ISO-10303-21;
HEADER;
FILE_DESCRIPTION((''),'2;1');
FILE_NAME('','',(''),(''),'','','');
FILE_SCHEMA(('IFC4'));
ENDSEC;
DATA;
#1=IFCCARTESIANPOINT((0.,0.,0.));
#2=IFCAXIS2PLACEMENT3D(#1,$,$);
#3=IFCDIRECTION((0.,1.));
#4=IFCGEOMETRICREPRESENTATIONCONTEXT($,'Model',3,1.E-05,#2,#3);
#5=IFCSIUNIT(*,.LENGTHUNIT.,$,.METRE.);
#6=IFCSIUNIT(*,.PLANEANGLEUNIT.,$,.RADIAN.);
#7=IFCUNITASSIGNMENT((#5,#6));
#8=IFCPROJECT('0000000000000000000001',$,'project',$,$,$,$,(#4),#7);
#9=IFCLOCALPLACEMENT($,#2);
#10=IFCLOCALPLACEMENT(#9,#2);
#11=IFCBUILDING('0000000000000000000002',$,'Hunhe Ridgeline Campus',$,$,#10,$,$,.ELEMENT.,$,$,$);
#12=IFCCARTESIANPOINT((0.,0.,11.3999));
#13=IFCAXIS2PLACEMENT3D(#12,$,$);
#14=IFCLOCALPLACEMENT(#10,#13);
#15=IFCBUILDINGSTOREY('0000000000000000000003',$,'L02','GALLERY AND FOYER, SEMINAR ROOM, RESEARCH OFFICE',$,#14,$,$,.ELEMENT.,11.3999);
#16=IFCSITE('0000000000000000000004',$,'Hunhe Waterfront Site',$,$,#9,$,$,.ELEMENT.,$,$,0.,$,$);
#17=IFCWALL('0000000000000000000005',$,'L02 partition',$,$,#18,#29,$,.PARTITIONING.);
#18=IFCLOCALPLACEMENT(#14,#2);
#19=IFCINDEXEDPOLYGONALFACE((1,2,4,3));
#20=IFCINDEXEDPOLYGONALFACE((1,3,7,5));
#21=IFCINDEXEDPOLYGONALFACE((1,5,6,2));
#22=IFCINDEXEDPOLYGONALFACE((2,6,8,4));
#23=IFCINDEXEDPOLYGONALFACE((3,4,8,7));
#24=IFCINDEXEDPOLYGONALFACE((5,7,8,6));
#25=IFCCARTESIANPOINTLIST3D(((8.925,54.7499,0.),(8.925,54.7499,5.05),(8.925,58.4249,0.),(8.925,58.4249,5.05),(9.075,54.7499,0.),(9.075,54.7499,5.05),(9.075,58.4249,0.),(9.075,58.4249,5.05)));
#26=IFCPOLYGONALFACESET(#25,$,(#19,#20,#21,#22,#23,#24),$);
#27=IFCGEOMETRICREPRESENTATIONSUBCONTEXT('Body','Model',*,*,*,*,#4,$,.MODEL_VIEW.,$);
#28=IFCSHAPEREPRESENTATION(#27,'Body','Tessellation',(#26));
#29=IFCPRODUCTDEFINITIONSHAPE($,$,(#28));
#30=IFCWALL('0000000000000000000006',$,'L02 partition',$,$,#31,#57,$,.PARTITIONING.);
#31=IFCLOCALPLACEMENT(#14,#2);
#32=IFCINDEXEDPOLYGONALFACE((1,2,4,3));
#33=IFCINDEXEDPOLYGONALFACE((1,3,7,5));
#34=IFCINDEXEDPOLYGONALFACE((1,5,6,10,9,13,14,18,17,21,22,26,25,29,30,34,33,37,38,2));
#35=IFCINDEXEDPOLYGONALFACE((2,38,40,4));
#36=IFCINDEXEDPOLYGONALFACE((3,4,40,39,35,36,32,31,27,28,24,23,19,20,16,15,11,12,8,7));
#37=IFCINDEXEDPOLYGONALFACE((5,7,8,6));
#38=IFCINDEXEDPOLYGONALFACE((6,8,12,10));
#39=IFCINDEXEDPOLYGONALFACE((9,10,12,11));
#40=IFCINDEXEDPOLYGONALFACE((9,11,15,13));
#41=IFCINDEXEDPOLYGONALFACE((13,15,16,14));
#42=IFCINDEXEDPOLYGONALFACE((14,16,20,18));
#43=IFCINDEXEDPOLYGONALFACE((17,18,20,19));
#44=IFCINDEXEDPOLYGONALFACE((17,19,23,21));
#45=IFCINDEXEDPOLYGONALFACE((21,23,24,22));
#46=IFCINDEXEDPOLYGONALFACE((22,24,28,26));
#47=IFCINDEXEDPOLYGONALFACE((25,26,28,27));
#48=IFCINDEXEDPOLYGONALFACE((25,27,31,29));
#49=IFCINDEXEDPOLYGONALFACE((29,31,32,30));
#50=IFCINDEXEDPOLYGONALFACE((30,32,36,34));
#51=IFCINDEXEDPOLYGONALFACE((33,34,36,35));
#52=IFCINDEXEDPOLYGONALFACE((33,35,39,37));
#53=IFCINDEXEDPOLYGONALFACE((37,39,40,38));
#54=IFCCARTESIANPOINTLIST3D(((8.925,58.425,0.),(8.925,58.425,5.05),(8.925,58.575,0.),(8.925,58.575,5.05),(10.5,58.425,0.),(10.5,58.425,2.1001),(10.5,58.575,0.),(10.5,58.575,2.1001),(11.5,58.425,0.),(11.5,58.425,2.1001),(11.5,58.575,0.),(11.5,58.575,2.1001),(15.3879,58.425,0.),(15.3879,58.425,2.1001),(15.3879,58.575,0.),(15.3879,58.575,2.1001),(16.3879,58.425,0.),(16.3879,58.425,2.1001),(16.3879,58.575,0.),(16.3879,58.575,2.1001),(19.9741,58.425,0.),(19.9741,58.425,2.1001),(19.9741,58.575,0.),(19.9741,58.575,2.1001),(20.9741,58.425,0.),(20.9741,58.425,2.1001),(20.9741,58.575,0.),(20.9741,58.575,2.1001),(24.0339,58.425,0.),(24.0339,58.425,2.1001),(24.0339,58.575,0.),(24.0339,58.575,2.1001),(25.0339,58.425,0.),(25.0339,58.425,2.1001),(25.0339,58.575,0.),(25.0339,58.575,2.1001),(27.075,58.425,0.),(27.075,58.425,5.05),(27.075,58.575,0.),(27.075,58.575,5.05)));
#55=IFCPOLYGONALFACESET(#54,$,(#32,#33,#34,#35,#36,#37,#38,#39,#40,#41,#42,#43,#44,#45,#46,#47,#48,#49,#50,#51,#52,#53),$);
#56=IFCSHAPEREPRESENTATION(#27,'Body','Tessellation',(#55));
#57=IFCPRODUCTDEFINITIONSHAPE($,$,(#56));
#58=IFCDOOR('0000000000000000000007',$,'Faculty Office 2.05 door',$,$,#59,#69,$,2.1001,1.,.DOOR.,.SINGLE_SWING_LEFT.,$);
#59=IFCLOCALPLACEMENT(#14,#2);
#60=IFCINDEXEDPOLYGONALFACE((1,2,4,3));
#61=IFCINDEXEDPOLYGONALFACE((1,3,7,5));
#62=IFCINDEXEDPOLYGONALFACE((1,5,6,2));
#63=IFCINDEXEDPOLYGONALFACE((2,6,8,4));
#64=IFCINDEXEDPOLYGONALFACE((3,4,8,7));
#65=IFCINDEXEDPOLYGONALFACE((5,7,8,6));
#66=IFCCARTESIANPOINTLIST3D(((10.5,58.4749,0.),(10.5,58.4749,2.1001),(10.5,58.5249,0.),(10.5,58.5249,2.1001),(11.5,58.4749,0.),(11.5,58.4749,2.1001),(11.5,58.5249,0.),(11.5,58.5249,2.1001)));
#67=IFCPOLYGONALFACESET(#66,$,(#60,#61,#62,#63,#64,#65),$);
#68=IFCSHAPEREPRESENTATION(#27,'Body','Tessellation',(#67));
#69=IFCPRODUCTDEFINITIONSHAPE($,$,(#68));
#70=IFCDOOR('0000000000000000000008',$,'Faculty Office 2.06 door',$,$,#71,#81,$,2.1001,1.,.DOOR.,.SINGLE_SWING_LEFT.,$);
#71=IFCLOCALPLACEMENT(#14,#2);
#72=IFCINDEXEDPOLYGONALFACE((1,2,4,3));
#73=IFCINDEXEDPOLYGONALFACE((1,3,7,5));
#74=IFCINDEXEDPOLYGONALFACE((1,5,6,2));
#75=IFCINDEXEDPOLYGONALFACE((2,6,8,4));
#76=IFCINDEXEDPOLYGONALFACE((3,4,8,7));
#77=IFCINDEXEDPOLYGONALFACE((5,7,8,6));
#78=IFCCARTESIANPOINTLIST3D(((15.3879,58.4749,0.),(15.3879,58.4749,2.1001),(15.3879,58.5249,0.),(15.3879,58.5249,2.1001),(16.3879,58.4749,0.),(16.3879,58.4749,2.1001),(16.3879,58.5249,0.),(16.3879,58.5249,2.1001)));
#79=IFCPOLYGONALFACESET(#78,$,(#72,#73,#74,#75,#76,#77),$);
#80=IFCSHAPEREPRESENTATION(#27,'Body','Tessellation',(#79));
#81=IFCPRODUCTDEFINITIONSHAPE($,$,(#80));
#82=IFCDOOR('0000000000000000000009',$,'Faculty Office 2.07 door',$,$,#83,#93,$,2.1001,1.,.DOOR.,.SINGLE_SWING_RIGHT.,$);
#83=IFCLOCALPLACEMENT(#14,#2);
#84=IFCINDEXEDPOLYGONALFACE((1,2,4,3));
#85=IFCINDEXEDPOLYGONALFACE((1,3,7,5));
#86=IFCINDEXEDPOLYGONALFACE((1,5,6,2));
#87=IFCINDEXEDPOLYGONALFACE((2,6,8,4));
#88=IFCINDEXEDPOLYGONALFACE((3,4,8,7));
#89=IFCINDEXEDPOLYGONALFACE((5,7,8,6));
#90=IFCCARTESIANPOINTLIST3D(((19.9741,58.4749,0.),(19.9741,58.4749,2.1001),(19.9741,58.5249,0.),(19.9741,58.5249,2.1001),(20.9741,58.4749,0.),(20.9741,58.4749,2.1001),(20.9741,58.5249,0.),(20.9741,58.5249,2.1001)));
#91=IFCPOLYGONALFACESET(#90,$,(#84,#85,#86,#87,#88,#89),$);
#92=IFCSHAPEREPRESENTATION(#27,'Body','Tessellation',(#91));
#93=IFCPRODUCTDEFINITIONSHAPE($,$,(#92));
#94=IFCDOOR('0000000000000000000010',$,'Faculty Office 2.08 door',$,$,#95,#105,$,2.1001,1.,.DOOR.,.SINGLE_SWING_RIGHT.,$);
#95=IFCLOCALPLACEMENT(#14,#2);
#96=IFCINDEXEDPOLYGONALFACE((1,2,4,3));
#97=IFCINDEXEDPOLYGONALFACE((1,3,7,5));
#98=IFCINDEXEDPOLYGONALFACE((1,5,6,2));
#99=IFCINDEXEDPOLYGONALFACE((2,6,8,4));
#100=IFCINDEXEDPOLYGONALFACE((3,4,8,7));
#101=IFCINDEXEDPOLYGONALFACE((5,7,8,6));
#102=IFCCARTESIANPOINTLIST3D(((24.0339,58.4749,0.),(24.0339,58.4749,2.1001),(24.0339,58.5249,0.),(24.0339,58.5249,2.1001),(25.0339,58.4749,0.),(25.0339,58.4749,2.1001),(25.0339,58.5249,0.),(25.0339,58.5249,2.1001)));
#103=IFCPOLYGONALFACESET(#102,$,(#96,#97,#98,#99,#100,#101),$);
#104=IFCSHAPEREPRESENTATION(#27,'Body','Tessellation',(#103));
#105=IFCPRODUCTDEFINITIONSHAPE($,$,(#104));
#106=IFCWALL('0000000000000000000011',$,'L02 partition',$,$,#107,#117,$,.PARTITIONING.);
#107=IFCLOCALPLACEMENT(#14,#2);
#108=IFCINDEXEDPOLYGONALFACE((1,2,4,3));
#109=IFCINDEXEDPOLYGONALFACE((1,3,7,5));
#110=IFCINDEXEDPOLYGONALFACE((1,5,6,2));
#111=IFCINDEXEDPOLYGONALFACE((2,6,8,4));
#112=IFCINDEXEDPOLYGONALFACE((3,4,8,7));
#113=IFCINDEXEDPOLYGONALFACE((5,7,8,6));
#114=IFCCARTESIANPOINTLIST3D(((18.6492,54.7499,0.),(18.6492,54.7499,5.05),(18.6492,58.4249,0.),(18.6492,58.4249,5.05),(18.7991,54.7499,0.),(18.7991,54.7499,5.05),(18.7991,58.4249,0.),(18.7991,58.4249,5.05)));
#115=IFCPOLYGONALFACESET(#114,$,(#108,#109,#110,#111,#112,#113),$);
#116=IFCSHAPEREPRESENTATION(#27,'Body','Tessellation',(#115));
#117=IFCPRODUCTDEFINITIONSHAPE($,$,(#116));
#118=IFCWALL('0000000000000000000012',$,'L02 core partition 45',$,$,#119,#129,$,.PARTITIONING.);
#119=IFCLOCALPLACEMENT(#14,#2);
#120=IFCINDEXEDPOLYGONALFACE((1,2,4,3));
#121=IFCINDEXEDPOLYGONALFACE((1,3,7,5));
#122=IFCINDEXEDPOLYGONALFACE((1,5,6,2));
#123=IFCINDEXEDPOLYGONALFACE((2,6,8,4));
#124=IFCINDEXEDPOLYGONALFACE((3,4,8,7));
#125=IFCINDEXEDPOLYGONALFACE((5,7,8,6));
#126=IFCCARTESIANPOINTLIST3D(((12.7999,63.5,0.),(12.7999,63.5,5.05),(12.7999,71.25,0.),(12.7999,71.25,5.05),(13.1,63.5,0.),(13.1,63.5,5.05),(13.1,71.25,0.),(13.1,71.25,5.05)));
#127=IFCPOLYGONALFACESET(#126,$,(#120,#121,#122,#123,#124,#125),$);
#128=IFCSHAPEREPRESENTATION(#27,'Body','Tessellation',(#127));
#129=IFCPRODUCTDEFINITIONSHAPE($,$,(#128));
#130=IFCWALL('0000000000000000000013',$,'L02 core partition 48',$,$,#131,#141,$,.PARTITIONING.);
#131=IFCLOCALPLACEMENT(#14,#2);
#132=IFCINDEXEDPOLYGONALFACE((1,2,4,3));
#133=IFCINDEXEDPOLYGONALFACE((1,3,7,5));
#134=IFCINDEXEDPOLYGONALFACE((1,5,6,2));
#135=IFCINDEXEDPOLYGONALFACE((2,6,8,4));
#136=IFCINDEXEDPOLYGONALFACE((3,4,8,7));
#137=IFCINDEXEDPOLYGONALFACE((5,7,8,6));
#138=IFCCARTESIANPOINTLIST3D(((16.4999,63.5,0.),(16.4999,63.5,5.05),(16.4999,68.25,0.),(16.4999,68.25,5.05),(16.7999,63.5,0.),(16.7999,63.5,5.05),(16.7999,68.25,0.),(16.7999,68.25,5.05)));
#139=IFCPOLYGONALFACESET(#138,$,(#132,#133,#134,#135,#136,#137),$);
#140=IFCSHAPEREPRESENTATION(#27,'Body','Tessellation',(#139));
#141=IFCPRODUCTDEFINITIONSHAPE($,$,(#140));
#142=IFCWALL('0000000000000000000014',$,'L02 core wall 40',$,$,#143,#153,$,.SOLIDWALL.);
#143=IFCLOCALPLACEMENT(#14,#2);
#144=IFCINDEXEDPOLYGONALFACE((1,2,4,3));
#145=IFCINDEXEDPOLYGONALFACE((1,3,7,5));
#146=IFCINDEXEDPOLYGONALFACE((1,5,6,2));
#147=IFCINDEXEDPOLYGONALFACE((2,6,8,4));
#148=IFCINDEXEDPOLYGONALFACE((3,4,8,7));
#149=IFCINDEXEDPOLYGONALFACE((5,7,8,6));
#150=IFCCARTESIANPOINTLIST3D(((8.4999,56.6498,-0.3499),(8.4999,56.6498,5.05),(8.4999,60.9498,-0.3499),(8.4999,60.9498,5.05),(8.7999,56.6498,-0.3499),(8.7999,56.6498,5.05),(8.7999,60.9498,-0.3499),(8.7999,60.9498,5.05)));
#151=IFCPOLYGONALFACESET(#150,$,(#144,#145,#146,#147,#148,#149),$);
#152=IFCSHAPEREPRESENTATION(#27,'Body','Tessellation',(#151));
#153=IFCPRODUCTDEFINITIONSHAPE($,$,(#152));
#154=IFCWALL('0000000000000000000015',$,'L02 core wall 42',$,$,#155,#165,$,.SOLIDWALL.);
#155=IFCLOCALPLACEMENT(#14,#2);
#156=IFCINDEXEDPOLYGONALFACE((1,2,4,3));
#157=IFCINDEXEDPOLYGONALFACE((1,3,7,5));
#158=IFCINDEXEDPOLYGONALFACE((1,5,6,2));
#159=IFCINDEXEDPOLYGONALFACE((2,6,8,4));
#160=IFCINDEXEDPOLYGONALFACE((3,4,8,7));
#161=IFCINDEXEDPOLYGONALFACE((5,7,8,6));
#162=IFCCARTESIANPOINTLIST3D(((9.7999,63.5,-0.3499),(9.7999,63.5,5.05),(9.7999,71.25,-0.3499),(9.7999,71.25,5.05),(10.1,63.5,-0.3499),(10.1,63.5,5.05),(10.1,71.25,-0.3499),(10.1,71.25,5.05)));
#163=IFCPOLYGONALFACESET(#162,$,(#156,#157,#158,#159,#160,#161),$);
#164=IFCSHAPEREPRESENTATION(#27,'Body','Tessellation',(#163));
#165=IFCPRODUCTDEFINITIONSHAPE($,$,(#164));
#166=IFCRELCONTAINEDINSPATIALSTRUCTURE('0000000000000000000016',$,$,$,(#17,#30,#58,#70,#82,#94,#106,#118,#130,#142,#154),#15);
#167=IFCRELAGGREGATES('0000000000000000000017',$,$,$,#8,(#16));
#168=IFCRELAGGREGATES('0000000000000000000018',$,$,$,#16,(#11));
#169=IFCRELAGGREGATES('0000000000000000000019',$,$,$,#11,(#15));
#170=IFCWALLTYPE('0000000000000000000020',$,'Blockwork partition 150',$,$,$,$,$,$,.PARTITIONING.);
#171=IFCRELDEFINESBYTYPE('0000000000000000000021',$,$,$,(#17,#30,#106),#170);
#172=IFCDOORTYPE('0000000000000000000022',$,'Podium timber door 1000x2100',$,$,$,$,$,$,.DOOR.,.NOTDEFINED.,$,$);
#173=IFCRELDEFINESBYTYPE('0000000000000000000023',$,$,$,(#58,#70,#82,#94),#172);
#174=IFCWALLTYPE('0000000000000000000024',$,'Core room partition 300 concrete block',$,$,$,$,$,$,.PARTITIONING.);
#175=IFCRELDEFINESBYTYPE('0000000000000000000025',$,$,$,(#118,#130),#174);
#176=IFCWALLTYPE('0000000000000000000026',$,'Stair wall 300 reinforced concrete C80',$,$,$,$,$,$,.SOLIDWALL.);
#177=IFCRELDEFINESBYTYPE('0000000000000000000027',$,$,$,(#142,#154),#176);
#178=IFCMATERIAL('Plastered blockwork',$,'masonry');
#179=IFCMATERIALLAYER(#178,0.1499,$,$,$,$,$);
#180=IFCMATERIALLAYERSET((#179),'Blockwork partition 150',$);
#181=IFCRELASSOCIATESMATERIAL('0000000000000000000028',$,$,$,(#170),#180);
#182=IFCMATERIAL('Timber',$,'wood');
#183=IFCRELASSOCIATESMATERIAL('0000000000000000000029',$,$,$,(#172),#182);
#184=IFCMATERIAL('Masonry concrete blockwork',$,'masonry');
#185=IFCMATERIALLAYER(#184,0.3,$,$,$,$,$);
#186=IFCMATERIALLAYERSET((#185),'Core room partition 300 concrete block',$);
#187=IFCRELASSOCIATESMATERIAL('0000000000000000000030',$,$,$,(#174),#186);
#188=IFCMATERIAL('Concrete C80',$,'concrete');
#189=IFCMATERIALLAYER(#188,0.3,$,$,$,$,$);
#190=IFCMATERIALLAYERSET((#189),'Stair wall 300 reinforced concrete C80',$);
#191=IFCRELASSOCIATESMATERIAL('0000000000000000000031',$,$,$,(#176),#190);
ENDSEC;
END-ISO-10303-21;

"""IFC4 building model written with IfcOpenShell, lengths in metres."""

from ifc_helpers import new_model, si_unit, direction, frame, frame_2d, origin, place, context, subcontext, project, spatial, rectangle, extrude, material, layer, layer_set, type_object, element, fill, save


model = new_model("IFC4")

# Units and contexts
model_context = context("Model", 3, precision=1e-05, world=origin(), true_north=direction((0.0, 1.0)))
body_context = subcontext(model_context, "Body", "Model", "MODEL_VIEW")
ifc_project = project(units=[si_unit("LENGTHUNIT", "METRE"), si_unit("PLANEANGLEUNIT", "RADIAN")], contexts=[model_context])

# Site, building, storey
site_placement = place(None, origin())
site = spatial("IfcSite", under=ifc_project, at=site_placement, Name="Hunhe Waterfront Site", CompositionType="ELEMENT", RefElevation=0.0)
building_placement = place(site_placement, origin())
building = spatial("IfcBuilding", under=site, at=building_placement, Name="Hunhe Ridgeline Campus", CompositionType="ELEMENT")
storey_placement = place(building_placement, frame((0.0, 0.0, 11.3999)))
storey = spatial("IfcBuildingStorey", under=building, at=storey_placement, Name="L02", Description="GALLERY AND FOYER, SEMINAR ROOM, RESEARCH OFFICE", CompositionType="ELEMENT", Elevation=11.3999)

# Wall
ifc_material_1 = material(Name="Plastered blockwork", Category="masonry")
ifc_layer_1 = layer(ifc_material_1, 0.1499)
ifc_layer_set_1 = layer_set([ifc_layer_1], Name="Blockwork partition 150")
wall_type_1 = type_object("IfcWallType", Name="Blockwork partition 150", PredefinedType="PARTITIONING", material=ifc_layer_set_1)
wall_1_placement = place(storey_placement, frame((9.0, 54.75, 0.0), z_axis=(0.0, 0.0, 1.0), x_axis=(0.0, 1.0, 0.0)))
element("IfcWall", 1, at=wall_1_placement, inside=storey, type_object=wall_type_1, Name="L02 partition", PredefinedType="PARTITIONING", context=body_context, shape_type="SweptSolid", body=[
    extrude(rectangle(XDim=3.675, YDim=0.1499, at=frame_2d((1.8374, 0.0))), origin(), (0.0, 0.0, 1.0), 5.05),
])

# Wall, openings, doors
wall_2_placement = place(storey_placement, frame((8.925, 58.5, 0.0), z_axis=(0.0, 0.0, 1.0), x_axis=(1.0, 0.0, 0.0)))
wall_2 = element("IfcWall", 2, at=wall_2_placement, inside=storey, type_object=wall_type_1, Name="L02 partition", PredefinedType="PARTITIONING", context=body_context, shape_type="SweptSolid", body=[
    extrude(rectangle(XDim=18.1499, YDim=0.1499, at=frame_2d((9.075, 0.0))), origin(), (0.0, 0.0, 1.0), 5.05),
])
opening_1_placement = place(wall_2_placement, frame((1.575, 0.0, 0.0)))
opening_1 = element("IfcOpeningElement", 3, at=opening_1_placement, cuts=wall_2, PredefinedType="OPENING", context=body_context, shape_type="SweptSolid", body=[
    extrude(rectangle(XDim=1.0, YDim=2.1001, at=frame_2d((0.5, 1.05))), frame((0.0, 0.075, 0.0), z_axis=(0.0, -1.0, 0.0), x_axis=(1.0, 0.0, 0.0)), (0.0, 0.0, 1.0), 0.1499),
])
opening_2_placement = place(wall_2_placement, frame((6.4629, 0.0, 0.0)))
opening_2 = element("IfcOpeningElement", 4, at=opening_2_placement, cuts=wall_2, PredefinedType="OPENING", context=body_context, shape_type="SweptSolid", body=[
    extrude(rectangle(XDim=1.0, YDim=2.1001, at=frame_2d((0.5, 1.05))), frame((0.0, 0.075, 0.0), z_axis=(0.0, -1.0, 0.0), x_axis=(1.0, 0.0, 0.0)), (0.0, 0.0, 1.0), 0.1499),
])
opening_3_placement = place(wall_2_placement, frame((11.0491, 0.0, 0.0)))
opening_3 = element("IfcOpeningElement", 5, at=opening_3_placement, cuts=wall_2, PredefinedType="OPENING", context=body_context, shape_type="SweptSolid", body=[
    extrude(rectangle(XDim=1.0, YDim=2.1001, at=frame_2d((0.5, 1.05))), frame((0.0, 0.075, 0.0), z_axis=(0.0, -1.0, 0.0), x_axis=(1.0, 0.0, 0.0)), (0.0, 0.0, 1.0), 0.1499),
])
opening_4_placement = place(wall_2_placement, frame((15.1089, 0.0, 0.0)))
opening_4 = element("IfcOpeningElement", 6, at=opening_4_placement, cuts=wall_2, PredefinedType="OPENING", context=body_context, shape_type="SweptSolid", body=[
    extrude(rectangle(XDim=1.0, YDim=2.1001, at=frame_2d((0.5, 1.05))), frame((0.0, 0.075, 0.0), z_axis=(0.0, -1.0, 0.0), x_axis=(1.0, 0.0, 0.0)), (0.0, 0.0, 1.0), 0.1499),
])
ifc_material_2 = material(Name="Timber", Category="wood")
door_type = type_object("IfcDoorType", Name="Podium timber door 1000x2100", OperationType="NOTDEFINED", PredefinedType="DOOR", material=ifc_material_2)
door_1_placement = place(opening_1_placement, origin())
door_1 = element("IfcDoor", 7, at=door_1_placement, inside=storey, type_object=door_type, Name="Faculty Office 2.05 door", OperationType="SINGLE_SWING_LEFT", OverallHeight=2.1001, OverallWidth=1.0, PredefinedType="DOOR", context=body_context, shape_type="SweptSolid", body=[
    extrude(rectangle(XDim=1.0, YDim=2.1001, at=frame_2d((0.5, 1.05))), frame((0.0, 0.0249, 0.0), z_axis=(0.0, -1.0, 0.0), x_axis=(1.0, 0.0, 0.0)), (0.0, 0.0, 1.0), 0.05),
])
fill(opening_1, door_1)
door_2_placement = place(opening_2_placement, origin())
door_2 = element("IfcDoor", 8, at=door_2_placement, inside=storey, type_object=door_type, Name="Faculty Office 2.06 door", OperationType="SINGLE_SWING_LEFT", OverallHeight=2.1001, OverallWidth=1.0, PredefinedType="DOOR", context=body_context, shape_type="SweptSolid", body=[
    extrude(rectangle(XDim=1.0, YDim=2.1001, at=frame_2d((0.5, 1.05))), frame((0.0, 0.0249, 0.0), z_axis=(0.0, -1.0, 0.0), x_axis=(1.0, 0.0, 0.0)), (0.0, 0.0, 1.0), 0.05),
])
fill(opening_2, door_2)
door_3_placement = place(opening_3_placement, origin())
door_3 = element("IfcDoor", 9, at=door_3_placement, inside=storey, type_object=door_type, Name="Faculty Office 2.07 door", OperationType="SINGLE_SWING_RIGHT", OverallHeight=2.1001, OverallWidth=1.0, PredefinedType="DOOR", context=body_context, shape_type="SweptSolid", body=[
    extrude(rectangle(XDim=1.0, YDim=2.1001, at=frame_2d((0.5, 1.05))), frame((0.0, 0.0249, 0.0), z_axis=(0.0, -1.0, 0.0), x_axis=(1.0, 0.0, 0.0)), (0.0, 0.0, 1.0), 0.05),
])
fill(opening_3, door_3)
door_4_placement = place(opening_4_placement, origin())
door_4 = element("IfcDoor", 10, at=door_4_placement, inside=storey, type_object=door_type, Name="Faculty Office 2.08 door", OperationType="SINGLE_SWING_RIGHT", OverallHeight=2.1001, OverallWidth=1.0, PredefinedType="DOOR", context=body_context, shape_type="SweptSolid", body=[
    extrude(rectangle(XDim=1.0, YDim=2.1001, at=frame_2d((0.5, 1.05))), frame((0.0, 0.0249, 0.0), z_axis=(0.0, -1.0, 0.0), x_axis=(1.0, 0.0, 0.0)), (0.0, 0.0, 1.0), 0.05),
])
fill(opening_4, door_4)

# Walls
wall_3_placement = place(storey_placement, frame((18.7241, 54.75, 0.0), z_axis=(0.0, 0.0, 1.0), x_axis=(0.0, 1.0, 0.0)))
element("IfcWall", 11, at=wall_3_placement, inside=storey, type_object=wall_type_1, Name="L02 partition", PredefinedType="PARTITIONING", context=body_context, shape_type="SweptSolid", body=[
    extrude(rectangle(XDim=3.675, YDim=0.1499, at=frame_2d((1.8374, 0.0))), origin(), (0.0, 0.0, 1.0), 5.05),
])
ifc_material_3 = material(Name="Masonry concrete blockwork", Category="masonry")
ifc_layer_2 = layer(ifc_material_3, 0.3)
ifc_layer_set_2 = layer_set([ifc_layer_2], Name="Core room partition 300 concrete block")
wall_type_2 = type_object("IfcWallType", Name="Core room partition 300 concrete block", PredefinedType="PARTITIONING", material=ifc_layer_set_2)
wall_4_placement = place(storey_placement, frame((12.95, 63.5, 0.0), z_axis=(0.0, 0.0, 1.0), x_axis=(0.0, 1.0, 0.0)))
element("IfcWall", 12, at=wall_4_placement, inside=storey, type_object=wall_type_2, Name="L02 core partition 45", PredefinedType="PARTITIONING", context=body_context, shape_type="SweptSolid", body=[
    extrude(rectangle(XDim=7.75, YDim=0.3, at=frame_2d((3.875, 0.0))), origin(), (0.0, 0.0, 1.0), 5.05),
])
wall_5_placement = place(storey_placement, frame((16.6499, 63.5, 0.0), z_axis=(0.0, 0.0, 1.0), x_axis=(0.0, 1.0, 0.0)))
element("IfcWall", 13, at=wall_5_placement, inside=storey, type_object=wall_type_2, Name="L02 core partition 48", PredefinedType="PARTITIONING", context=body_context, shape_type="SweptSolid", body=[
    extrude(rectangle(XDim=4.75, YDim=0.3, at=frame_2d((2.375, 0.0))), origin(), (0.0, 0.0, 1.0), 5.05),
])
ifc_material_4 = material(Name="Concrete C80", Category="concrete")
ifc_layer_3 = layer(ifc_material_4, 0.3)
ifc_layer_set_3 = layer_set([ifc_layer_3], Name="Stair wall 300 reinforced concrete C80")
wall_type_3 = type_object("IfcWallType", Name="Stair wall 300 reinforced concrete C80", PredefinedType="SOLIDWALL", material=ifc_layer_set_3)
wall_6_placement = place(storey_placement, frame((8.6499, 56.6499, -0.3499), z_axis=(0.0, 0.0, 1.0), x_axis=(0.0, 1.0, 0.0)))
element("IfcWall", 14, at=wall_6_placement, inside=storey, type_object=wall_type_3, Name="L02 core wall 40", PredefinedType="SOLIDWALL", context=body_context, shape_type="SweptSolid", body=[
    extrude(rectangle(XDim=4.3, YDim=0.3, at=frame_2d((2.1499, 0.0))), origin(), (0.0, 0.0, 1.0), 5.3999),
])
wall_7_placement = place(storey_placement, frame((9.95, 63.5, -0.3499), z_axis=(0.0, 0.0, 1.0), x_axis=(0.0, 1.0, 0.0)))
element("IfcWall", 15, at=wall_7_placement, inside=storey, type_object=wall_type_3, Name="L02 core wall 42", PredefinedType="SOLIDWALL", context=body_context, shape_type="SweptSolid", body=[
    extrude(rectangle(XDim=7.75, YDim=0.3, at=frame_2d((3.875, 0.0))), origin(), (0.0, 0.0, 1.0), 5.3999),
])

save(model, "model.ifc")
